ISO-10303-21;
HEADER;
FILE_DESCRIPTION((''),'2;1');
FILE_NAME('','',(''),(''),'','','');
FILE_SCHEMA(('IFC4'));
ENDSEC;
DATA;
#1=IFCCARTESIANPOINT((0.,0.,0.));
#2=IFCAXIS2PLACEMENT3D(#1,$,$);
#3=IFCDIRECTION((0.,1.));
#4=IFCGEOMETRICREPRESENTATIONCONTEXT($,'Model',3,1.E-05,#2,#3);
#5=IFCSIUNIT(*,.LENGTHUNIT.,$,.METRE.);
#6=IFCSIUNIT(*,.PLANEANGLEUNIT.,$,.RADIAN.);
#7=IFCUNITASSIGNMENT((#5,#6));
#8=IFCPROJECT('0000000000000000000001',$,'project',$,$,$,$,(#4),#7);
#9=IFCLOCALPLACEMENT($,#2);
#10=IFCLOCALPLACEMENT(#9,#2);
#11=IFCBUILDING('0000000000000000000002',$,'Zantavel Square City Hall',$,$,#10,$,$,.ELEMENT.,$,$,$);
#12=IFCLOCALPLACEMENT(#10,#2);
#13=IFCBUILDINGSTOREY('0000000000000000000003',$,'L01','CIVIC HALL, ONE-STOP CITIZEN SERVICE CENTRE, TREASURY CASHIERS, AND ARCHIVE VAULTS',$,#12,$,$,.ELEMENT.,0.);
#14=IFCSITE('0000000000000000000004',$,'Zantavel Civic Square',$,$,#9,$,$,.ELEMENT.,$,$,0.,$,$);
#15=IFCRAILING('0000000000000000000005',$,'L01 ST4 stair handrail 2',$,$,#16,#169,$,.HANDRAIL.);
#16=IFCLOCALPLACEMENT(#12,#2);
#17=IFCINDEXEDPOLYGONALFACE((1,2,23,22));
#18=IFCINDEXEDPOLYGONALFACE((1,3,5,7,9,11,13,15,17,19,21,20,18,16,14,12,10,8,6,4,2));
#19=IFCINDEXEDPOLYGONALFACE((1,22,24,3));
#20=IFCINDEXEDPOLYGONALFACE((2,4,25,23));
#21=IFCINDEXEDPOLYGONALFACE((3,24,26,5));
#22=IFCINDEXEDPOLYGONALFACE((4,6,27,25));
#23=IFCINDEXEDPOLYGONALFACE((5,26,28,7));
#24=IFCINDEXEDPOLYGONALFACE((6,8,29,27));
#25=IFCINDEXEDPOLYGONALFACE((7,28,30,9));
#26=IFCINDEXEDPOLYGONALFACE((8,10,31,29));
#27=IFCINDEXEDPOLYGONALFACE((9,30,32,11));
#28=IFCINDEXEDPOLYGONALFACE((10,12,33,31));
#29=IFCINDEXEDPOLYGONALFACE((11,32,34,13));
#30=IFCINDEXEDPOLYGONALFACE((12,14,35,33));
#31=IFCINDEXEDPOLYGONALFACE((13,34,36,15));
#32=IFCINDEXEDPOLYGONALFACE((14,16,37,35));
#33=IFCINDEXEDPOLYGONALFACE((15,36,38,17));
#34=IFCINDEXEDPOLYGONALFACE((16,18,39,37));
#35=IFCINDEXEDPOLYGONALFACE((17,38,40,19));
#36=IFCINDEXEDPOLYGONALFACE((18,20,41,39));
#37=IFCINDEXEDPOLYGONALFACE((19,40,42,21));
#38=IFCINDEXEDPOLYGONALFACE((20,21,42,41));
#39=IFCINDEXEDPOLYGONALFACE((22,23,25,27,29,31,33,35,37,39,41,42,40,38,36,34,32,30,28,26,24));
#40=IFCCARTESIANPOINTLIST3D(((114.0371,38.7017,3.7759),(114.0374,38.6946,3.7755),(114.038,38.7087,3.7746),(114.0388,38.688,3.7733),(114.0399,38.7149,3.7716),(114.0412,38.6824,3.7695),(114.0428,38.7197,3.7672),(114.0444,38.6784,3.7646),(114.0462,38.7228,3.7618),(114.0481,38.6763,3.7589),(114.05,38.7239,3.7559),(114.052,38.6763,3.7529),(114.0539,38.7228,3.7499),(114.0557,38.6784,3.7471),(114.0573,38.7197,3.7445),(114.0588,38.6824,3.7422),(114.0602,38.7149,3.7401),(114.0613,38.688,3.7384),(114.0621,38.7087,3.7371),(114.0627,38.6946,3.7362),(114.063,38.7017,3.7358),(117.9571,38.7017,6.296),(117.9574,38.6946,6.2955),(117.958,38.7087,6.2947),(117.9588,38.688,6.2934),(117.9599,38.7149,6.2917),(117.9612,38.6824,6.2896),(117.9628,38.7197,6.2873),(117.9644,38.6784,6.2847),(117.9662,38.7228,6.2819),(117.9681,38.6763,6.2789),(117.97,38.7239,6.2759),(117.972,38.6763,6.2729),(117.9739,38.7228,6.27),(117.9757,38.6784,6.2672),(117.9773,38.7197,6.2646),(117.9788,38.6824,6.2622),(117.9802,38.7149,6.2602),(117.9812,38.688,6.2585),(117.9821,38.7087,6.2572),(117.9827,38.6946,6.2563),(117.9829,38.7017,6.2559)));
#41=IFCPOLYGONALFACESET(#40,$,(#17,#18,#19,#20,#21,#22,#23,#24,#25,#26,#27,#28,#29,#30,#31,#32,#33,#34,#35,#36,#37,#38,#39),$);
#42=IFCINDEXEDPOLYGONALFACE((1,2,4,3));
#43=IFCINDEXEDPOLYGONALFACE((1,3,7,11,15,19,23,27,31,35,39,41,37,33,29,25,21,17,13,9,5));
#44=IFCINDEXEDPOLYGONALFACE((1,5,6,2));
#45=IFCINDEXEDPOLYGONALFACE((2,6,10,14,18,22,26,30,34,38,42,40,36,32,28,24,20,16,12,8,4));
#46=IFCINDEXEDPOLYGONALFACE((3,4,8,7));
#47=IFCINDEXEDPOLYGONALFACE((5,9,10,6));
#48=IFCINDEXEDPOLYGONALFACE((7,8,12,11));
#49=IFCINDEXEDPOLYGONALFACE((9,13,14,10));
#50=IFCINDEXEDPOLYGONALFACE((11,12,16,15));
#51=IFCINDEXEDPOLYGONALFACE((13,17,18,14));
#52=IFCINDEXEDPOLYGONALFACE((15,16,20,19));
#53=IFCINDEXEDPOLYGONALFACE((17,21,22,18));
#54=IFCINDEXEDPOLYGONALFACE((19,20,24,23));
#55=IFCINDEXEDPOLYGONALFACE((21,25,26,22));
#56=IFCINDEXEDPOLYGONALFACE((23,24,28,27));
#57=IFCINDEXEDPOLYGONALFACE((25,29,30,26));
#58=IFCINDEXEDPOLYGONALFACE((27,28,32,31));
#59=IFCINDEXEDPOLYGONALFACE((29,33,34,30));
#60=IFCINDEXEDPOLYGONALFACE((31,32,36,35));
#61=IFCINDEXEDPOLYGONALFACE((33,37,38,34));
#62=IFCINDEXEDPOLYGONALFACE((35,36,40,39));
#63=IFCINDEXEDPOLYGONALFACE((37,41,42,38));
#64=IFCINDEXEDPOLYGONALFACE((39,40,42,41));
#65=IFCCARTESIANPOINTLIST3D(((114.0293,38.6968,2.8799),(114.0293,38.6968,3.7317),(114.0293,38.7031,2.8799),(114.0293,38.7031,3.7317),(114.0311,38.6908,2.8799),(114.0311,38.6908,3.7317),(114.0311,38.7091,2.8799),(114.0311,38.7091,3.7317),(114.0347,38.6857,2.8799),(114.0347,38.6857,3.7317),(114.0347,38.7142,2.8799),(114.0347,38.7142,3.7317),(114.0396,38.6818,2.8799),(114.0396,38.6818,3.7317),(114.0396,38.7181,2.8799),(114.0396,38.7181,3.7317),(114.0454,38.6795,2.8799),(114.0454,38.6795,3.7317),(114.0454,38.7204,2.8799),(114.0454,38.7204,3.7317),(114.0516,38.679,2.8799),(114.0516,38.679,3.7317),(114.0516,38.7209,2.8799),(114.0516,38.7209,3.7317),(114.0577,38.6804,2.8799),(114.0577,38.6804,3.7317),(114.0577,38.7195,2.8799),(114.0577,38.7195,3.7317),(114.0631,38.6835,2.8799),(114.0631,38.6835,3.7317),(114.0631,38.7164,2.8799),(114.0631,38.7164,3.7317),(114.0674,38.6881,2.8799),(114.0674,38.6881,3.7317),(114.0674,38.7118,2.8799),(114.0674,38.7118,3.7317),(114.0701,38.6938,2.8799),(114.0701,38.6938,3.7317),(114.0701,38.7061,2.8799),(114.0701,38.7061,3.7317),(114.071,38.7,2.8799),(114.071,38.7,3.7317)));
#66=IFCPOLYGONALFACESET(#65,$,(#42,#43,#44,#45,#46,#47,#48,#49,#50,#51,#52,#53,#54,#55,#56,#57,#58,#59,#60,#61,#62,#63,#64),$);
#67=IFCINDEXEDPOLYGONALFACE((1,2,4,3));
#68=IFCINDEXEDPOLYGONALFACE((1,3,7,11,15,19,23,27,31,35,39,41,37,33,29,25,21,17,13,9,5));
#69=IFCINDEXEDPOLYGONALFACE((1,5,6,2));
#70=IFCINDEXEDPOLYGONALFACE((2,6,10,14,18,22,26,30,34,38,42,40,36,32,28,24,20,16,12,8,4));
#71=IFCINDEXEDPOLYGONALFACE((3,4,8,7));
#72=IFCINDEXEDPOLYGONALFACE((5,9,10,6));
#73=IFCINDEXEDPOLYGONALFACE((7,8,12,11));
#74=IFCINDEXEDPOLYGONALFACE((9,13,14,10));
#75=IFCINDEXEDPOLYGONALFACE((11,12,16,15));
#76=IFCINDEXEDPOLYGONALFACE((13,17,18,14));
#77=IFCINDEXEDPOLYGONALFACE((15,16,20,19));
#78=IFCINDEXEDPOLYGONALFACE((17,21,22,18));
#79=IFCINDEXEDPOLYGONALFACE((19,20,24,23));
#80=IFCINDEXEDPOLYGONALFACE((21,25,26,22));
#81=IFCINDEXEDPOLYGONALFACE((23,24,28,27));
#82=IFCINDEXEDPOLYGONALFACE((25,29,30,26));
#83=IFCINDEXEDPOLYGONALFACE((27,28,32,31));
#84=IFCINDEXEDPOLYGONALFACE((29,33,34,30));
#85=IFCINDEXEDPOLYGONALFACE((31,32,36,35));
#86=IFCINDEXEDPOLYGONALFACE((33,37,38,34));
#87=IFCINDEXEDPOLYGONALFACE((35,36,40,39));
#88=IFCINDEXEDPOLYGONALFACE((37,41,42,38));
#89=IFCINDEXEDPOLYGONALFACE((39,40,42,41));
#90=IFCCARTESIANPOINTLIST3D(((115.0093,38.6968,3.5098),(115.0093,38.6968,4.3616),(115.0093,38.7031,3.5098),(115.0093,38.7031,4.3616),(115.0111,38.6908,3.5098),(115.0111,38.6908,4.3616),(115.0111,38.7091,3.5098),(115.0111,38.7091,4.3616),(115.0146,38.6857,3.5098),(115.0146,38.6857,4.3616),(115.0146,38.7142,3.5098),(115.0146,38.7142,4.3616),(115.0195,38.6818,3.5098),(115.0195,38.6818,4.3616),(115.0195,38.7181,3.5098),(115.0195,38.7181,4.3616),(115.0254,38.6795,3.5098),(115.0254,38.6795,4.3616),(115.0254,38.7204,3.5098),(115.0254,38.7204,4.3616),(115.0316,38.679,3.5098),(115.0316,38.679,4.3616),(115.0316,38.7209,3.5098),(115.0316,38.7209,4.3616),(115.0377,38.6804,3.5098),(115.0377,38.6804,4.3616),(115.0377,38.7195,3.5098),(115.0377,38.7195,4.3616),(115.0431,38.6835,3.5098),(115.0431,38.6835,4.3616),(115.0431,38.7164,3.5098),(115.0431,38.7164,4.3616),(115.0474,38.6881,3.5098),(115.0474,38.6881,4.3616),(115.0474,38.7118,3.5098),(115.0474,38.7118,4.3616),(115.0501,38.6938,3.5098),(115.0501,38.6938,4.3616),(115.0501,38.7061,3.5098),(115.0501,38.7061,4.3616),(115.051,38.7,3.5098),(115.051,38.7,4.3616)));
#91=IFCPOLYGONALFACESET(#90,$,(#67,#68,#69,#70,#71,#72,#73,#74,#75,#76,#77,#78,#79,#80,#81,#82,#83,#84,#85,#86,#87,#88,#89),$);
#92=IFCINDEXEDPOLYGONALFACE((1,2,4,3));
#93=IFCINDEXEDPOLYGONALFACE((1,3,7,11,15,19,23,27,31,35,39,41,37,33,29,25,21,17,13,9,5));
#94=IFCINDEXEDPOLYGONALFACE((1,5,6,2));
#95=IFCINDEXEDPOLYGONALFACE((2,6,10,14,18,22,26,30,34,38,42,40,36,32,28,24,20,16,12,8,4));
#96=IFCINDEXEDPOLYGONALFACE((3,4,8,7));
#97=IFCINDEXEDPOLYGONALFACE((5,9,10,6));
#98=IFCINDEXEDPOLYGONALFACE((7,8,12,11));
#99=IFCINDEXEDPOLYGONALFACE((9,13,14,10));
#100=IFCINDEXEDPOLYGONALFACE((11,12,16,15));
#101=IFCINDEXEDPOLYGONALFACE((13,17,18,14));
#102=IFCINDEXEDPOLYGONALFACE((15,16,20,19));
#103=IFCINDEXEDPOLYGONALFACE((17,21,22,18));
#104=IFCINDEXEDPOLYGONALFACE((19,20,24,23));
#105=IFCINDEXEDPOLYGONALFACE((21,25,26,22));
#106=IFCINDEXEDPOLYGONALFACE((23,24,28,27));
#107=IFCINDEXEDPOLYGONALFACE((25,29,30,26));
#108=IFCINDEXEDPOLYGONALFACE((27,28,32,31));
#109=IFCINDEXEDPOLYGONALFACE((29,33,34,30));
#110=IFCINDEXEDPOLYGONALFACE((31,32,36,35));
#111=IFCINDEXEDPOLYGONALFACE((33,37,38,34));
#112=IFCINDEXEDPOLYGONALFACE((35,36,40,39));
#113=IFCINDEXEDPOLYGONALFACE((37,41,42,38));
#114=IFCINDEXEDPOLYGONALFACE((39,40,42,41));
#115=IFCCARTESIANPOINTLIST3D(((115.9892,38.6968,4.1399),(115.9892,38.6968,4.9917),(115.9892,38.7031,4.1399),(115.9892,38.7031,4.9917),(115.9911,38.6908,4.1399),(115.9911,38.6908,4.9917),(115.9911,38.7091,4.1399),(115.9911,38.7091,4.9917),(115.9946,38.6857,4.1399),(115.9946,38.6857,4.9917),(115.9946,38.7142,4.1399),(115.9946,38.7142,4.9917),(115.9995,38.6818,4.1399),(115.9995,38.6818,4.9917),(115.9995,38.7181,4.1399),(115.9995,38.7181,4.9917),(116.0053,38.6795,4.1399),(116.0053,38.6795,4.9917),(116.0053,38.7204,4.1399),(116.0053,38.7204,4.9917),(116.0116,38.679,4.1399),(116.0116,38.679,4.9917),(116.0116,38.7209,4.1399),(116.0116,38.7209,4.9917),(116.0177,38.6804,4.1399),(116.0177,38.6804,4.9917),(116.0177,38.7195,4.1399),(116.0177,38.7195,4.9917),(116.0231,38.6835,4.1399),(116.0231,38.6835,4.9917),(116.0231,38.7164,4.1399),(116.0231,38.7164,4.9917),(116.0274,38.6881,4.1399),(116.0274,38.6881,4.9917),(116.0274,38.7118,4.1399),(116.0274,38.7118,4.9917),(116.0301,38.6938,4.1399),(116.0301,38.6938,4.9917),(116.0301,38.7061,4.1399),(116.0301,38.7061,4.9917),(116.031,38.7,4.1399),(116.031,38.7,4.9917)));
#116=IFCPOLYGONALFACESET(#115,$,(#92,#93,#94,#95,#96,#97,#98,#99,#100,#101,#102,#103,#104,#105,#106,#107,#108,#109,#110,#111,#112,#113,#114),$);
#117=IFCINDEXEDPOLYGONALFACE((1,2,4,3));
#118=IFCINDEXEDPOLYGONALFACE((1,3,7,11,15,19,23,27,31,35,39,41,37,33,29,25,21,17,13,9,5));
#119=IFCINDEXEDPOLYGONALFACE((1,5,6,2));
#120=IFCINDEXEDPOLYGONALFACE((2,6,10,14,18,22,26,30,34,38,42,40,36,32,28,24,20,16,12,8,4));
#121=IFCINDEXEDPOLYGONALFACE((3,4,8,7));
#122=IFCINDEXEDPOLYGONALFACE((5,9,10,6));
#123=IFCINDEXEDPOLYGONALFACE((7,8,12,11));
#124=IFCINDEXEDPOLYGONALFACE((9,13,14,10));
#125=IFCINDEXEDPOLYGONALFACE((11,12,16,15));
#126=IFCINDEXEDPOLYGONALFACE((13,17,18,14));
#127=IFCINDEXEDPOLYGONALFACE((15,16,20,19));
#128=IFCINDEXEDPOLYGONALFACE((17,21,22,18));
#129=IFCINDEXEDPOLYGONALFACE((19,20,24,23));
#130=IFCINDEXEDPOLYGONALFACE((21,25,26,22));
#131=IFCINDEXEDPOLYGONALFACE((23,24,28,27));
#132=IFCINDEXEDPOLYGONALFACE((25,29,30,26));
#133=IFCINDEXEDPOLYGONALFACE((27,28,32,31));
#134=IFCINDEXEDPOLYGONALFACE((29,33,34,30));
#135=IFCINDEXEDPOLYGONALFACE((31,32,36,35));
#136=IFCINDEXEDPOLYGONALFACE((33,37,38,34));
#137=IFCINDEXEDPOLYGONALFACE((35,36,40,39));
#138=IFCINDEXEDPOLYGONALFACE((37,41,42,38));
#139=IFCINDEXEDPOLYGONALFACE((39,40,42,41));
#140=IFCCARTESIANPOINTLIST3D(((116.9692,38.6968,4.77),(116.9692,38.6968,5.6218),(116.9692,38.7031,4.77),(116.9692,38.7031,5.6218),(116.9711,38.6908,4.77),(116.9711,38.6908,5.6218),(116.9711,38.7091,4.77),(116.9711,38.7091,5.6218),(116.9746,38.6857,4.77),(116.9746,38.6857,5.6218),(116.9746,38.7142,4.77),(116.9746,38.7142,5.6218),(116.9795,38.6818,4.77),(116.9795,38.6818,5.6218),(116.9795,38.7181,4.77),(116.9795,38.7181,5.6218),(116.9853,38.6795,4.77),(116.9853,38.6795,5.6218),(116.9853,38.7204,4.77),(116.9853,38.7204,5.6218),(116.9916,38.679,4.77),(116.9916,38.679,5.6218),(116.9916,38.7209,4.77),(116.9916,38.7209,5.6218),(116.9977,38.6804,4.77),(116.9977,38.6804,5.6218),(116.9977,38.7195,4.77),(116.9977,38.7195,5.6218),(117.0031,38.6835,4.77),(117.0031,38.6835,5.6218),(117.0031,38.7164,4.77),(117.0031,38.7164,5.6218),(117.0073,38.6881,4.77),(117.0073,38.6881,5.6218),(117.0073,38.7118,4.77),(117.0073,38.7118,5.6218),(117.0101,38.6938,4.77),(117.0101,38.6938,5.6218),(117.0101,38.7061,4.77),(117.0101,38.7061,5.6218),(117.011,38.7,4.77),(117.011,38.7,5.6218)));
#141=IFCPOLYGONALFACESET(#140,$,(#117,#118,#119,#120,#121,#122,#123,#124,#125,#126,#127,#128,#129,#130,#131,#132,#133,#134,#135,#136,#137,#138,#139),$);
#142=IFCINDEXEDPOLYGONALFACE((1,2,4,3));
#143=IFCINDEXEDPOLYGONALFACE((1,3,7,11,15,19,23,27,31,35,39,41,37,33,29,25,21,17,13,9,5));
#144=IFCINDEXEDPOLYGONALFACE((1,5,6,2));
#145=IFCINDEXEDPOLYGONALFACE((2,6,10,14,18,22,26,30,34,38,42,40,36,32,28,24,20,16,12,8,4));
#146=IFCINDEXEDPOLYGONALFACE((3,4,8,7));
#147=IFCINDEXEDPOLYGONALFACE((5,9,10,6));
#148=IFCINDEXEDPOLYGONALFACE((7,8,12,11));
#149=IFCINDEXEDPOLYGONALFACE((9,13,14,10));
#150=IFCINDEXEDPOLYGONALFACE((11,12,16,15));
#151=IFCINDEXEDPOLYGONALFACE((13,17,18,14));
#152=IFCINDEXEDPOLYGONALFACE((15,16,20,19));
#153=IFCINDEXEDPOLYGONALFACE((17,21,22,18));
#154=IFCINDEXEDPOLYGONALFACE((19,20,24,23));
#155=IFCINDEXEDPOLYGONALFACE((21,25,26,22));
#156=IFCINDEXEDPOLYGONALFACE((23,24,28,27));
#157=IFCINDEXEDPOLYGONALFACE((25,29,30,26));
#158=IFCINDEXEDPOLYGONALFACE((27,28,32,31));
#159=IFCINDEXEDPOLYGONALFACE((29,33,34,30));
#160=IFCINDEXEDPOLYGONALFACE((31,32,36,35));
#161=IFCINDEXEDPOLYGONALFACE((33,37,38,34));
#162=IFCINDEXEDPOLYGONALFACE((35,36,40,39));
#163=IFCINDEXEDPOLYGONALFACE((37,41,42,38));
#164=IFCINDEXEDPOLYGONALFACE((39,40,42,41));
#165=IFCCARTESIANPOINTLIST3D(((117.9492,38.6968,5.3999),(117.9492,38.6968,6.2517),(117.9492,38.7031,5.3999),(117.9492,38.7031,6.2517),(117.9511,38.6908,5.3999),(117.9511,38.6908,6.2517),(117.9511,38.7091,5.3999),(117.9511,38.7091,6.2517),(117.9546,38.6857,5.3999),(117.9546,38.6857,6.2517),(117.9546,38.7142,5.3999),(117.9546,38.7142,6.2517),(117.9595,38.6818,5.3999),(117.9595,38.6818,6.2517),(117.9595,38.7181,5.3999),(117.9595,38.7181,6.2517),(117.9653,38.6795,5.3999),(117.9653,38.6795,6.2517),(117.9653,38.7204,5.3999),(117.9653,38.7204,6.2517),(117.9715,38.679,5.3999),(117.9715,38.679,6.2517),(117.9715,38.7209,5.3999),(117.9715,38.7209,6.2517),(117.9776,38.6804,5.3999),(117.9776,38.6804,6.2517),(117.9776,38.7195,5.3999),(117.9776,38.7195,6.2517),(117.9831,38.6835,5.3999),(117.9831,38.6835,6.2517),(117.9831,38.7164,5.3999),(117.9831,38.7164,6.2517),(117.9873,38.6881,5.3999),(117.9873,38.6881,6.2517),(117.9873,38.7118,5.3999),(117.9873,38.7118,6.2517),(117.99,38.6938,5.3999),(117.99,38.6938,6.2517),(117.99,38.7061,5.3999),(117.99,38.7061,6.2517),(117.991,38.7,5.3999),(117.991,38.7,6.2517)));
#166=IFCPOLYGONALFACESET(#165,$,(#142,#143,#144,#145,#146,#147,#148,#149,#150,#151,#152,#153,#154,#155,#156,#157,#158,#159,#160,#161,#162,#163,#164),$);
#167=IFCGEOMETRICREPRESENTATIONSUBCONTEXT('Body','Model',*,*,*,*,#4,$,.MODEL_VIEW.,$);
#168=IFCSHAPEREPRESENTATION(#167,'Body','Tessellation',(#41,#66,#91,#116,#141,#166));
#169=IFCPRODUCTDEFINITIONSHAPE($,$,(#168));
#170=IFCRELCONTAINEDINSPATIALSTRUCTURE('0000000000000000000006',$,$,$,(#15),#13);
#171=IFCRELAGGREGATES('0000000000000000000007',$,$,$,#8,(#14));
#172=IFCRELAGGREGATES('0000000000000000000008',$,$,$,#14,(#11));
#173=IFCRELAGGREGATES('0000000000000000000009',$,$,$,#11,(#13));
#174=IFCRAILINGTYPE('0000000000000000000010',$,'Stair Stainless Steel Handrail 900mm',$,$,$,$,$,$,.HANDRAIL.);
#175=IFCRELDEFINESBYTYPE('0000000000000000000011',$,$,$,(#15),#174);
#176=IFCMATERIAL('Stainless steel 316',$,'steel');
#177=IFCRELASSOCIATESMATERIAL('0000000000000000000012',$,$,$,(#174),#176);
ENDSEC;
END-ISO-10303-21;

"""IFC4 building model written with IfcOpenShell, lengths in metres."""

from ifc_helpers import new_model, si_unit, direction, frame, origin, origin_2d, place, context, subcontext, project, spatial, circle, extrude, material, type_object, element, save


model = new_model("IFC4")

# Units and contexts
model_context = context("Model", 3, precision=1e-05, world=origin(), true_north=direction((0.0, 1.0)))
body_context = subcontext(model_context, "Body", "Model", "MODEL_VIEW")
ifc_project = project(units=[si_unit("LENGTHUNIT", "METRE"), si_unit("PLANEANGLEUNIT", "RADIAN")], contexts=[model_context])

# Site, building, storey
site_placement = place(None, origin())
site = spatial("IfcSite", under=ifc_project, at=site_placement, Name="Zantavel Civic Square", CompositionType="ELEMENT", RefElevation=0.0)
building_placement = place(site_placement, origin())
building = spatial("IfcBuilding", under=site, at=building_placement, Name="Zantavel Square City Hall", CompositionType="ELEMENT")
storey_placement = place(building_placement, origin())
storey = spatial("IfcBuildingStorey", under=building, at=storey_placement, Name="L01", Description="CIVIC HALL, ONE-STOP CITIZEN SERVICE CENTRE, TREASURY CASHIERS, AND ARCHIVE VAULTS", CompositionType="ELEMENT", Elevation=0.0)

# Railing
ifc_material_1 = material(Name="Stainless steel 316", Category="steel")
railing_type_1 = type_object("IfcRailingType", Name="Stair Stainless Steel Handrail 900mm", PredefinedType="HANDRAIL", material=ifc_material_1)
railing_1_placement = place(storey_placement, frame((114.05, 38.7, 2.8799)))
element("IfcRailing", 1, at=railing_1_placement, inside=storey, type_object=railing_type_1, Name="L01 ST4 stair handrail 2", PredefinedType="HANDRAIL", context=body_context, shape_type="SweptSolid", body=[
    extrude(circle(Radius=0.0239, at=origin_2d()), frame((0.0, 0.0, 0.876), z_axis=(0.841172, 0.0, 0.540768), x_axis=(0.0, 1.0, 0.0)), (0.0, 0.0, 1.0), 4.6602),
    extrude(circle(Radius=0.021, at=origin_2d()), origin(), (0.0, 0.0, 1.0), 0.8518),
    extrude(circle(Radius=0.021, at=origin_2d()), frame((0.98, 0.0, 0.6299)), (0.0, 0.0, 1.0), 0.8518),
    extrude(circle(Radius=0.021, at=origin_2d()), frame((1.96, 0.0, 1.26)), (0.0, 0.0, 1.0), 0.8518),
    extrude(circle(Radius=0.021, at=origin_2d()), frame((2.9399, 0.0, 1.8901)), (0.0, 0.0, 1.0), 0.8518),
    extrude(circle(Radius=0.021, at=origin_2d()), frame((3.9199, 0.0, 2.52)), (0.0, 0.0, 1.0), 0.8518),
])

save(model, "model.ifc")
